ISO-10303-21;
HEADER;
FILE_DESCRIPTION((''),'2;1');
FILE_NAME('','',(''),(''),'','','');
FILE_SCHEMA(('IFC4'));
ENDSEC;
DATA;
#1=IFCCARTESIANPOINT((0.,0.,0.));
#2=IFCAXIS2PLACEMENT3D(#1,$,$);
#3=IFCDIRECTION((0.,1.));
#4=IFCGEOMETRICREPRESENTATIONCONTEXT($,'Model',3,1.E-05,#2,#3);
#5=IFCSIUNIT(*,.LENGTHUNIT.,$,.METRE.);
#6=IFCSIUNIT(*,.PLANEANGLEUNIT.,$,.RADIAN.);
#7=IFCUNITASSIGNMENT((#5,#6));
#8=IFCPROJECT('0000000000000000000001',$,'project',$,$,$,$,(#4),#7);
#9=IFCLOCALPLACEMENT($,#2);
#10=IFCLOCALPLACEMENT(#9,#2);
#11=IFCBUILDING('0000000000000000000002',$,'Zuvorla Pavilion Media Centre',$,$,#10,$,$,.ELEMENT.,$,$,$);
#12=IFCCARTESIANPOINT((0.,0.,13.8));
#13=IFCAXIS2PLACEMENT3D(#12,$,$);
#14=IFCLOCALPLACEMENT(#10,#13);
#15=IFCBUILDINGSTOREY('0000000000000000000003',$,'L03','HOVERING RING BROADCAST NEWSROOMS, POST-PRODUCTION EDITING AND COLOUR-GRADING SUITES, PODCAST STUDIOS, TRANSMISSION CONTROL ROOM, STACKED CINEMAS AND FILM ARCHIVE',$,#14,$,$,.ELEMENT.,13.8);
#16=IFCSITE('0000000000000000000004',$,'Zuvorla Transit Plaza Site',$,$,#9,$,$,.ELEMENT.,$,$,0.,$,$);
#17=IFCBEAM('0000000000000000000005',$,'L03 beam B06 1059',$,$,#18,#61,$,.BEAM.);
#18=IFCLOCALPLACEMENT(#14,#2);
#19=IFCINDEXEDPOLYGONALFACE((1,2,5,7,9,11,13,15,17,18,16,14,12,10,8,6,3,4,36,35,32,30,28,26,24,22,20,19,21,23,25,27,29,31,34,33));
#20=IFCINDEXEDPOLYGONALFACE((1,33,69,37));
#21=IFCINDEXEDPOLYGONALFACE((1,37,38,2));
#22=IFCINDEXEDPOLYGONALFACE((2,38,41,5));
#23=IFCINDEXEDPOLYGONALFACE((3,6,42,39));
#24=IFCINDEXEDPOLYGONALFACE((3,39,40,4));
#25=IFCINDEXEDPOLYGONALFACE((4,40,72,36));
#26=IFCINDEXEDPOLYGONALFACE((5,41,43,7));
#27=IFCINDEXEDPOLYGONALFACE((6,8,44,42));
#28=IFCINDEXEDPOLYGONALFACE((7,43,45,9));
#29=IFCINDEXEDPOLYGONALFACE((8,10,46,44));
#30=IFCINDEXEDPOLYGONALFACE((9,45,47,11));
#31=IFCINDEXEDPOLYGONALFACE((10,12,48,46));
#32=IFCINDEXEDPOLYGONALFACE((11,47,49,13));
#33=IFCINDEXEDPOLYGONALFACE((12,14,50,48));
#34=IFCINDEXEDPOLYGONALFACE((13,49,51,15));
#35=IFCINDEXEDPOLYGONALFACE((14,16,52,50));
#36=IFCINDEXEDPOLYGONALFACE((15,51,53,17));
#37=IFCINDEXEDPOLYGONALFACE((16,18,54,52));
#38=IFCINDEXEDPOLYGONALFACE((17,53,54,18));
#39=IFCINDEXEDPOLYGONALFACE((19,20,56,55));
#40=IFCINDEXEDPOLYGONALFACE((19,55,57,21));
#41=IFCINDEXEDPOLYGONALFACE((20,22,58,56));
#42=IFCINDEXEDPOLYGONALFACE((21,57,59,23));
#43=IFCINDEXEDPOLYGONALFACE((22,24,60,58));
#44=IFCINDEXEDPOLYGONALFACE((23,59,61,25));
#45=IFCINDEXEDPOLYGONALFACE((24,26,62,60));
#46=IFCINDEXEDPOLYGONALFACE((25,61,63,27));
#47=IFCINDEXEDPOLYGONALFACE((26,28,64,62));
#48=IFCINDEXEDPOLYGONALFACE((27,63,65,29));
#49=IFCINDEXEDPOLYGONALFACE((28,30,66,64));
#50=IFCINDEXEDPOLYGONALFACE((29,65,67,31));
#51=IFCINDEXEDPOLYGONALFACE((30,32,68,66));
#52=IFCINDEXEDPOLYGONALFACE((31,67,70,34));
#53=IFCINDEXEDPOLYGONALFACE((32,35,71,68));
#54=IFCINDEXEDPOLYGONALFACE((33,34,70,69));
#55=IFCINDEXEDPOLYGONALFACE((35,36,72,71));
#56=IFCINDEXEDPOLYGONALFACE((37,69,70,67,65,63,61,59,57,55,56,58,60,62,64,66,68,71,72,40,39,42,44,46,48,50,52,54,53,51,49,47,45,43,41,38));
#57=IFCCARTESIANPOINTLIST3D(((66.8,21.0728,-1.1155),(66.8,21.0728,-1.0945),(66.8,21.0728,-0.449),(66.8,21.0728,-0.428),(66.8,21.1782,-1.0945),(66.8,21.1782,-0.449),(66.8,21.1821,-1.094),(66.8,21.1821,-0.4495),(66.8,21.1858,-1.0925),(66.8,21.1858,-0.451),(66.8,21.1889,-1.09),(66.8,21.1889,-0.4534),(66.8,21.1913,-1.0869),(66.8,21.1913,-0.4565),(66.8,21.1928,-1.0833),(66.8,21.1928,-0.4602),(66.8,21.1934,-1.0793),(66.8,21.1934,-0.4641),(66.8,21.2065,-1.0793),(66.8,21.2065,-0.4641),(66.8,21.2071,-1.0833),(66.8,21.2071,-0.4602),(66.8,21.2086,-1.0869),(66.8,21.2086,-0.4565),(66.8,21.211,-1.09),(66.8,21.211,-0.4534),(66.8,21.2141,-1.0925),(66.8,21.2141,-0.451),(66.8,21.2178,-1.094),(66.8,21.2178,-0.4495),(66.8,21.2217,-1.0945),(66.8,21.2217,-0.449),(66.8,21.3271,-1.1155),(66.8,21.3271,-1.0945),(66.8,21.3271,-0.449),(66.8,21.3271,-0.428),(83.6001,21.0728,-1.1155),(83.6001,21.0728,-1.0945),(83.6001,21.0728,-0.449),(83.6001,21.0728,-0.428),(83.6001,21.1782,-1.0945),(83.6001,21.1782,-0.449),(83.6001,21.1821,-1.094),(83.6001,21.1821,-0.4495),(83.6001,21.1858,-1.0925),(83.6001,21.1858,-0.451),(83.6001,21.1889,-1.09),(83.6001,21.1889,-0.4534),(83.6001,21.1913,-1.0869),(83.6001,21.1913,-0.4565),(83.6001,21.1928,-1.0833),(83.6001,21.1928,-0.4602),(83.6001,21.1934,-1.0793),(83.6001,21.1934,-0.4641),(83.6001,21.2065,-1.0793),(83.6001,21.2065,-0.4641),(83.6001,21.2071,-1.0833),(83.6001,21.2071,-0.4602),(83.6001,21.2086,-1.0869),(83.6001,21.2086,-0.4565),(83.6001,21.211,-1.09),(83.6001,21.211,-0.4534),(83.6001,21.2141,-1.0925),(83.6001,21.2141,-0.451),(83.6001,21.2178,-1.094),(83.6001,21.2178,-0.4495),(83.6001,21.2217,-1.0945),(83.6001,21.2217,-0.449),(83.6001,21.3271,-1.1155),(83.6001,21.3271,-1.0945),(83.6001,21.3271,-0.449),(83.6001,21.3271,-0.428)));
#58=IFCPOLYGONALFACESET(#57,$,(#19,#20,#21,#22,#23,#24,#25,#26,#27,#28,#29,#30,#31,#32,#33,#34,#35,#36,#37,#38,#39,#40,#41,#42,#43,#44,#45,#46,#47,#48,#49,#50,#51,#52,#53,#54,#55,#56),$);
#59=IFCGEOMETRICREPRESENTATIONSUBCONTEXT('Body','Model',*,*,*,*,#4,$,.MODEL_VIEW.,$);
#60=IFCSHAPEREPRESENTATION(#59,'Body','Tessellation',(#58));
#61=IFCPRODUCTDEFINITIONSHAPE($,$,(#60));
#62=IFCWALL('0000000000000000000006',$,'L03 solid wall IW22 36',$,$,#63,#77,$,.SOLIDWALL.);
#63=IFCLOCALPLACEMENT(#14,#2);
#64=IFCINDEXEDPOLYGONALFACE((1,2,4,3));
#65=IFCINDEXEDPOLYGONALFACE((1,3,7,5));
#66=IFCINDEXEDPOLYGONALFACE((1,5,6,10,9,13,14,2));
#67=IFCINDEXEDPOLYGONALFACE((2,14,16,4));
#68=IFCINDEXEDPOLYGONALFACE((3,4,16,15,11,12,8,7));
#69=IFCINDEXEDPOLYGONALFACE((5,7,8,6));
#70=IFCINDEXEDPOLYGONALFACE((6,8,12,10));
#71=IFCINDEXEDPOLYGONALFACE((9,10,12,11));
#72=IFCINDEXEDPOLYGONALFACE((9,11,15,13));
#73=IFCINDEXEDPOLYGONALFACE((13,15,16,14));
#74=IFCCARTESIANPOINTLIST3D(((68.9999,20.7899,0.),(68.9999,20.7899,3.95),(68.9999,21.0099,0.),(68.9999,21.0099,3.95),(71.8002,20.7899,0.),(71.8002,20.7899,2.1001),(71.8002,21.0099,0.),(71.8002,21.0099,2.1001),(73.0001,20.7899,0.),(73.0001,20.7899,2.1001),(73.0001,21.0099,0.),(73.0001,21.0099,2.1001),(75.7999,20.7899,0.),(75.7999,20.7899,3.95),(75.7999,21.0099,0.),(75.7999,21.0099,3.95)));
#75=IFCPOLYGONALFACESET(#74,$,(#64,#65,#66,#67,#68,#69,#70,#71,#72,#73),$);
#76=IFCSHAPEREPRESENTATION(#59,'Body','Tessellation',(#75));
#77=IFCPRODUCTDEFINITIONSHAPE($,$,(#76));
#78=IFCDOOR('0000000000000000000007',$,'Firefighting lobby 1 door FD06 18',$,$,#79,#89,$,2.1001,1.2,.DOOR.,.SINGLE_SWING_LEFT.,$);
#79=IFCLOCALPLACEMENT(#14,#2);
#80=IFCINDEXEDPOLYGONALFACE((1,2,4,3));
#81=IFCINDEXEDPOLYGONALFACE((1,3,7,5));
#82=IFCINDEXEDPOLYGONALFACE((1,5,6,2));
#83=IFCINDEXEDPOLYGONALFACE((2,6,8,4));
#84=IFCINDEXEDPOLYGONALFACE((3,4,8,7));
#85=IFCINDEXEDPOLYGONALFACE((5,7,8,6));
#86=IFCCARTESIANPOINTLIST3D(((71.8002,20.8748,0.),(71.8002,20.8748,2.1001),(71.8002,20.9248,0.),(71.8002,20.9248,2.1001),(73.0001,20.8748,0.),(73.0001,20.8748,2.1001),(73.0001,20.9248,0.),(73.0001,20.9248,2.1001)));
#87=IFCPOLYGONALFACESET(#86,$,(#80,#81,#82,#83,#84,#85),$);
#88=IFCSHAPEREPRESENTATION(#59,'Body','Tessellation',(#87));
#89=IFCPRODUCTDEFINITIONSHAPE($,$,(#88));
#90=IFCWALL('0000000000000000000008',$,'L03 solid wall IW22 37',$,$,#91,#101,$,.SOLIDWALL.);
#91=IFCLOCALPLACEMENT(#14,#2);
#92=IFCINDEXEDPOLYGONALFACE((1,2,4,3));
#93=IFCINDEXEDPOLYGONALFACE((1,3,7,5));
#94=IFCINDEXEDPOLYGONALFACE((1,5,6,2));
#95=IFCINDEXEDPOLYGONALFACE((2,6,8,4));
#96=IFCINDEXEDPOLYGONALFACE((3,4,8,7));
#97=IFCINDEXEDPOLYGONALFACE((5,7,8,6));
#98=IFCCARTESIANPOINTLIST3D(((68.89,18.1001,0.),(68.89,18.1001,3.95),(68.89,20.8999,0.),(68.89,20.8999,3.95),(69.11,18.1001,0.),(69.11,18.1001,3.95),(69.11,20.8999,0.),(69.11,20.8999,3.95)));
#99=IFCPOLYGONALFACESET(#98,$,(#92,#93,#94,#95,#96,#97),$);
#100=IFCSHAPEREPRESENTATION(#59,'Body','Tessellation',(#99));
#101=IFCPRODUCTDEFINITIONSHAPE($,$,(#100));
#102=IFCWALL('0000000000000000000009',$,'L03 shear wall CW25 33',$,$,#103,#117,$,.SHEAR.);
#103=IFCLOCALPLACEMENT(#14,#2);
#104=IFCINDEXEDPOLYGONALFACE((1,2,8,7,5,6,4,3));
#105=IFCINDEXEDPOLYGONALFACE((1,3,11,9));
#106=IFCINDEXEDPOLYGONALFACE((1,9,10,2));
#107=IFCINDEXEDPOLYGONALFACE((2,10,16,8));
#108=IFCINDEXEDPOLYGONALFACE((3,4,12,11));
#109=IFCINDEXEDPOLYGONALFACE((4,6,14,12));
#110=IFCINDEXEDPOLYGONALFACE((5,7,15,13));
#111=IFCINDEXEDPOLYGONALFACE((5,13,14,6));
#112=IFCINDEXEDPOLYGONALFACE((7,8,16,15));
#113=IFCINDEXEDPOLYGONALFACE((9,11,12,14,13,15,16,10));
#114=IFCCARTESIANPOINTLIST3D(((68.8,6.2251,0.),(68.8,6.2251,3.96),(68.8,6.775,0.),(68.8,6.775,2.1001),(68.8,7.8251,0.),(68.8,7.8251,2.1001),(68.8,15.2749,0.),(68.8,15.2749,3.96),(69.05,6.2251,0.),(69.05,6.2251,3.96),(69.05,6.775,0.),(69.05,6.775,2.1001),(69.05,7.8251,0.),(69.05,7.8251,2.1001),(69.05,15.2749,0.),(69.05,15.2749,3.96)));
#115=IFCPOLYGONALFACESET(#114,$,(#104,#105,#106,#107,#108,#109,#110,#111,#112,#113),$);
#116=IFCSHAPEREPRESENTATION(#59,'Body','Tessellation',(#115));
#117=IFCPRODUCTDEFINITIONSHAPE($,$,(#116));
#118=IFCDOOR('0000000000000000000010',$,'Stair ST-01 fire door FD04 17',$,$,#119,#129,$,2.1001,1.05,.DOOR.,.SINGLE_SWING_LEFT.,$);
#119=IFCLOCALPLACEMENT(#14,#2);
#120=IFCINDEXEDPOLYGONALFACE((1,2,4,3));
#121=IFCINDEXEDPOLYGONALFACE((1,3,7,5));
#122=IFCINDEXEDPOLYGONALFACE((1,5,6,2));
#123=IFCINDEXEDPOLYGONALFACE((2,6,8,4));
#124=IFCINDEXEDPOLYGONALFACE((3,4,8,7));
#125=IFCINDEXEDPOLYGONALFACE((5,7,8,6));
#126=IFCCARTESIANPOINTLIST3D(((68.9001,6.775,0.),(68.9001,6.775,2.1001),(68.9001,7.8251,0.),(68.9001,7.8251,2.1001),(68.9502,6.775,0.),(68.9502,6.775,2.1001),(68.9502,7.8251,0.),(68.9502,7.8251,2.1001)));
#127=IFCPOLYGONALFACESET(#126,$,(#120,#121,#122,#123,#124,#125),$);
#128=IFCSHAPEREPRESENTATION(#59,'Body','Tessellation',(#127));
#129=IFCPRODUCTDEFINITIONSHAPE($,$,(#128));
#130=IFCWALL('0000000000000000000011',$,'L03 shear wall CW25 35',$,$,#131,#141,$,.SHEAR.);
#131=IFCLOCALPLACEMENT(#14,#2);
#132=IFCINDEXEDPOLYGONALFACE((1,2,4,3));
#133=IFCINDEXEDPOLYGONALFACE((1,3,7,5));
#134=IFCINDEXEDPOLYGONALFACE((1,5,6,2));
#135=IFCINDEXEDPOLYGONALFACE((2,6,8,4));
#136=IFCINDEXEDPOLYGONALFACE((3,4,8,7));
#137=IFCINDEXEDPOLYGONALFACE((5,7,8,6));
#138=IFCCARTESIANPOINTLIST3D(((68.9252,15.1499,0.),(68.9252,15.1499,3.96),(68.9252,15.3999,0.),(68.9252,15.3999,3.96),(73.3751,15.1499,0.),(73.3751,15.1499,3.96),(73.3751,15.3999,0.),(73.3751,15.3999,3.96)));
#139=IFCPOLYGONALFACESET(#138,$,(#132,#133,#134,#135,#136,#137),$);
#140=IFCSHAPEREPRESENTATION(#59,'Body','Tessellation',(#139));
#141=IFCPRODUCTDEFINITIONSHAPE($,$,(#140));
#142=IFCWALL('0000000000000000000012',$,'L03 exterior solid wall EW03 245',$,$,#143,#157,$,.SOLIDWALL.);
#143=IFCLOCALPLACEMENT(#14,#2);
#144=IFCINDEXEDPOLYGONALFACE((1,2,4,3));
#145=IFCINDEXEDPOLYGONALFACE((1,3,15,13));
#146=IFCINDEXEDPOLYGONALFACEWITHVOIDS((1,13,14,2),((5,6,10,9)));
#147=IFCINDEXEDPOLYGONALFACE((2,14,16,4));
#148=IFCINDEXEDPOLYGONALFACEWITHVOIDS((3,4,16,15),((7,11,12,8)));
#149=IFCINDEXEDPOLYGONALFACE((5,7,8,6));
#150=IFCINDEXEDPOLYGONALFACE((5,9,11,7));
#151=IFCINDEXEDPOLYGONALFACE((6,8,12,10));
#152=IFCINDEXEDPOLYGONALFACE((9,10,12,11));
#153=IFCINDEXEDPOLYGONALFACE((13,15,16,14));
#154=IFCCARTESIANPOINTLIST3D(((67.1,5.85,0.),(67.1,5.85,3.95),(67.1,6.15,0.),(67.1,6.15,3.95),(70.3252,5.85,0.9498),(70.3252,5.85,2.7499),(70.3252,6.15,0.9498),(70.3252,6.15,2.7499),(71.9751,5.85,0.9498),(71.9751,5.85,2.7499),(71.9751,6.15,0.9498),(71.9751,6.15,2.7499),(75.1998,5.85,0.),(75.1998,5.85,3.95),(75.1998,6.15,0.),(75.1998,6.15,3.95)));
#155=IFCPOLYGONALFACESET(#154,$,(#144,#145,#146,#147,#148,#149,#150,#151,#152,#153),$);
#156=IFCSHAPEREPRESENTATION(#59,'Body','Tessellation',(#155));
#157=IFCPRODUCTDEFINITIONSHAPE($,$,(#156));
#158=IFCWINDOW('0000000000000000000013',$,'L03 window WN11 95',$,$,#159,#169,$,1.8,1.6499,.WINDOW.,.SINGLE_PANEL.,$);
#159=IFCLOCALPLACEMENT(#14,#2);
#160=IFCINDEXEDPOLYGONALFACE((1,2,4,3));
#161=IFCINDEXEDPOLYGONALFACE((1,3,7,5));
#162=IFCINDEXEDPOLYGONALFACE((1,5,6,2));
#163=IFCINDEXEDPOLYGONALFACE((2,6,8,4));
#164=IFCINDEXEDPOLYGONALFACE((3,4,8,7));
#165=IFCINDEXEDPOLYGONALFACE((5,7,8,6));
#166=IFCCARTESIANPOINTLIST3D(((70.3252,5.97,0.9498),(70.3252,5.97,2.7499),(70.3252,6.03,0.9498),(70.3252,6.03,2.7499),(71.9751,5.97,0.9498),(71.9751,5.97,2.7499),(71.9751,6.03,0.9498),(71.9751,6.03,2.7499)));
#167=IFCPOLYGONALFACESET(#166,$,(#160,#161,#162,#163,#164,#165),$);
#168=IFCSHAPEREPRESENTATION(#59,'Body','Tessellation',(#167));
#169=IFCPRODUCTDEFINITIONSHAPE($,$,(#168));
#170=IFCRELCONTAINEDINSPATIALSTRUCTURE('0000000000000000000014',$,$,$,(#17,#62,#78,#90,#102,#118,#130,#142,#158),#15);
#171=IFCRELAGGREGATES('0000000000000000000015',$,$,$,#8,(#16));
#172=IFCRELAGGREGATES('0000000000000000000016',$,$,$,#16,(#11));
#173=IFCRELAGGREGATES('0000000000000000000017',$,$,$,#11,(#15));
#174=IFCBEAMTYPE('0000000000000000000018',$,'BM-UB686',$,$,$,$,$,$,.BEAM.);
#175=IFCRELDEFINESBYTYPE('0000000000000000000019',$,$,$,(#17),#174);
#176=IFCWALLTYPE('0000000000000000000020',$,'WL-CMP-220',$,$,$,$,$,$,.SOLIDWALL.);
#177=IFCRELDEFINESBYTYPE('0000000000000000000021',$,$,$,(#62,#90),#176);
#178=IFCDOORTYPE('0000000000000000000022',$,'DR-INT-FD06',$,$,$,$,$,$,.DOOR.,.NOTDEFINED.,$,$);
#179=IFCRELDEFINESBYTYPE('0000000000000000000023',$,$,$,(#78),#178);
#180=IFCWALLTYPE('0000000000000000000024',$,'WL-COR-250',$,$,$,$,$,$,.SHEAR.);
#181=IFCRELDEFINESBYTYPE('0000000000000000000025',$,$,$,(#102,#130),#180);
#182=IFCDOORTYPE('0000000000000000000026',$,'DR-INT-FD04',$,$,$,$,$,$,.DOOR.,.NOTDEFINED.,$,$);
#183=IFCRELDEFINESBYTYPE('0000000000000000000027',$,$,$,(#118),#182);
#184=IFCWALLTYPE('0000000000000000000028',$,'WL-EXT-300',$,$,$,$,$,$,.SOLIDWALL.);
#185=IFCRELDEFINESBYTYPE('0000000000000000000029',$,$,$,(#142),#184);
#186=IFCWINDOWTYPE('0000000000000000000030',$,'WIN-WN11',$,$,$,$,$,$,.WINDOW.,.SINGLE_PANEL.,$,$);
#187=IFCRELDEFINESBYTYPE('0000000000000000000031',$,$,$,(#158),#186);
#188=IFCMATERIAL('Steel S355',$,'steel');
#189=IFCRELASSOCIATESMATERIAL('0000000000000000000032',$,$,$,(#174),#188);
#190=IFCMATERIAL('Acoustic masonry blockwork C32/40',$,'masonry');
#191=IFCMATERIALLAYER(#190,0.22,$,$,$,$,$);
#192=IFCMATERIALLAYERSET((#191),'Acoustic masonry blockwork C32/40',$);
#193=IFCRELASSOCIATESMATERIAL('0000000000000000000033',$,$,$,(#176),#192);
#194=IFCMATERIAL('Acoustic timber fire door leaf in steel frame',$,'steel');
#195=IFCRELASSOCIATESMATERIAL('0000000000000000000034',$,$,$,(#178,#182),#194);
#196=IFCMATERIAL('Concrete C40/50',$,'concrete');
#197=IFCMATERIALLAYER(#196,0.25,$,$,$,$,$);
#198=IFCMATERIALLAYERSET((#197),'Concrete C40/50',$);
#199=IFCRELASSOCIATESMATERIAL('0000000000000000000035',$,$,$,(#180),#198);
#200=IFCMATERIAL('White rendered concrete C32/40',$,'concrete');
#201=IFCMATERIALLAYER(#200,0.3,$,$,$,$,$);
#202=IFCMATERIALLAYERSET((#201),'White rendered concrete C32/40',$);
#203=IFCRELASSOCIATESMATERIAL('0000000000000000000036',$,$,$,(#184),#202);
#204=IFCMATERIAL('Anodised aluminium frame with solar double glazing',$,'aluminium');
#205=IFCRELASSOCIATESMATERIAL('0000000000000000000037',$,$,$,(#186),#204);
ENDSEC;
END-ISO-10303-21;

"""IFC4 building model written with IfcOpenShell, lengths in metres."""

from ifc_helpers import new_model, si_unit, direction, frame, frame_2d, origin, origin_2d, place, context, subcontext, project, spatial, rectangle, i_section, extrude, material, layer, layer_set, material_profile, profile_set, type_object, element, fill, save


model = new_model("IFC4")

# Units and contexts
model_context = context("Model", 3, precision=1e-05, world=origin(), true_north=direction((0.0, 1.0)))
body_context = subcontext(model_context, "Body", "Model", "MODEL_VIEW")
ifc_project = project(units=[si_unit("LENGTHUNIT", "METRE"), si_unit("PLANEANGLEUNIT", "RADIAN")], contexts=[model_context])

# Site, building, storey
site_placement = place(None, origin())
site = spatial("IfcSite", under=ifc_project, at=site_placement, Name="Zuvorla Transit Plaza Site", CompositionType="ELEMENT", RefElevation=0.0)
building_placement = place(site_placement, origin())
building = spatial("IfcBuilding", under=site, at=building_placement, Name="Zuvorla Pavilion Media Centre", CompositionType="ELEMENT")
storey_placement = place(building_placement, frame((0.0, 0.0, 13.8)))
storey = spatial("IfcBuildingStorey", under=building, at=storey_placement, Name="L03", Description="HOVERING RING BROADCAST NEWSROOMS, POST-PRODUCTION EDITING AND COLOUR-GRADING SUITES, PODCAST STUDIOS, TRANSMISSION CONTROL ROOM, STACKED CINEMAS AND FILM ARCHIVE", CompositionType="ELEMENT", Elevation=13.8)

# Shared definitions
ifc_material_1 = material(Name="Concrete C40/50", Category="concrete")

# Beam
ifc_material_2 = material(Name="Steel S355", Category="steel")
ifc_material_profile_1 = material_profile(ifc_material_2, i_section(OverallWidth=0.2544, OverallDepth=0.6875, WebThickness=0.0132, FlangeThickness=0.021, FilletRadius=0.0151, at=origin_2d()), Name="UB 686x254x152")
ifc_profile_set_1 = profile_set([ifc_material_profile_1], Name="Steel S355")
beam_type_1 = type_object("IfcBeamType", Name="BM-UB686", PredefinedType="BEAM", material=ifc_profile_set_1)
beam_1_placement = place(storey_placement, frame((66.8, 21.2, -0.7717), z_axis=(1.0, 0.0, 0.0), x_axis=(0.0, 1.0, 0.0)))
element("IfcBeam", 1, at=beam_1_placement, inside=storey, type_object=beam_type_1, Name="L03 beam B06 1059", PredefinedType="BEAM", context=body_context, shape_type="SweptSolid", body=[
    extrude(i_section(OverallWidth=0.2544, OverallDepth=0.6875, WebThickness=0.0132, FlangeThickness=0.021, FilletRadius=0.0151, at=origin_2d()), origin(), (0.0, 0.0, 1.0), 16.8),
])

# Wall, opening, door
ifc_material_3 = material(Name="Acoustic masonry blockwork C32/40", Category="masonry")
ifc_layer_1 = layer(ifc_material_3, 0.22)
ifc_layer_set_1 = layer_set([ifc_layer_1], Name="Acoustic masonry blockwork C32/40")
wall_type_1 = type_object("IfcWallType", Name="WL-CMP-220", PredefinedType="SOLIDWALL", material=ifc_layer_set_1)
wall_1_placement = place(storey_placement, frame((69.0, 20.8999, 0.0), z_axis=(0.0, 0.0, 1.0), x_axis=(1.0, 0.0, 0.0)))
wall_1 = element("IfcWall", 2, at=wall_1_placement, inside=storey, type_object=wall_type_1, Name="L03 solid wall IW22 36", PredefinedType="SOLIDWALL", context=body_context, shape_type="SweptSolid", body=[
    extrude(rectangle(XDim=6.8, YDim=0.22, at=frame_2d((3.3999, 0.0))), origin(), (0.0, 0.0, 1.0), 3.95),
])
opening_1_placement = place(wall_1_placement, frame((2.8, 0.0, 0.0)))
opening_1 = element("IfcOpeningElement", 3, at=opening_1_placement, cuts=wall_1, PredefinedType="OPENING", context=body_context, shape_type="SweptSolid", body=[
    extrude(rectangle(XDim=1.2, YDim=2.1001, at=frame_2d((0.6001, 1.05))), frame((0.0, 0.1199, 0.0), z_axis=(0.0, -1.0, 0.0), x_axis=(1.0, 0.0, 0.0)), (0.0, 0.0, 1.0), 0.24),
])
ifc_material_4 = material(Name="Acoustic timber fire door leaf in steel frame", Category="steel")
door_type_1 = type_object("IfcDoorType", Name="DR-INT-FD06", OperationType="NOTDEFINED", PredefinedType="DOOR", material=ifc_material_4)
door_1_placement = place(opening_1_placement, origin())
door_1 = element("IfcDoor", 4, at=door_1_placement, inside=storey, type_object=door_type_1, Name="Firefighting lobby 1 door FD06 18", OperationType="SINGLE_SWING_LEFT", OverallHeight=2.1001, OverallWidth=1.2, PredefinedType="DOOR", context=body_context, shape_type="SweptSolid", body=[
    extrude(rectangle(XDim=1.2, YDim=2.1001, at=frame_2d((0.6001, 1.05))), frame((0.0, 0.0249, 0.0), z_axis=(0.0, -1.0, 0.0), x_axis=(1.0, 0.0, 0.0)), (0.0, 0.0, 1.0), 0.05),
])
fill(opening_1, door_1)

# Wall
wall_2_placement = place(storey_placement, frame((69.0, 18.1001, 0.0), z_axis=(0.0, 0.0, 1.0), x_axis=(0.0, 1.0, 0.0)))
element("IfcWall", 5, at=wall_2_placement, inside=storey, type_object=wall_type_1, Name="L03 solid wall IW22 37", PredefinedType="SOLIDWALL", context=body_context, shape_type="SweptSolid", body=[
    extrude(rectangle(XDim=2.7998, YDim=0.22, at=frame_2d((1.3999, 0.0))), origin(), (0.0, 0.0, 1.0), 3.95),
])

# Wall, opening, door
ifc_layer_2 = layer(ifc_material_1, 0.25)
ifc_layer_set_2 = layer_set([ifc_layer_2], Name="Concrete C40/50")
wall_type_2 = type_object("IfcWallType", Name="WL-COR-250", PredefinedType="SHEAR", material=ifc_layer_set_2)
wall_3_placement = place(storey_placement, frame((68.925, 6.2251, 0.0), z_axis=(0.0, 0.0, 1.0), x_axis=(0.0, 1.0, 0.0)))
wall_3 = element("IfcWall", 6, at=wall_3_placement, inside=storey, type_object=wall_type_2, Name="L03 shear wall CW25 33", PredefinedType="SHEAR", context=body_context, shape_type="SweptSolid", body=[
    extrude(rectangle(XDim=9.0498, YDim=0.25, at=frame_2d((4.5249, 0.0))), origin(), (0.0, 0.0, 1.0), 3.96),
])
opening_2_placement = place(wall_3_placement, frame((0.55, 0.0, 0.0)))
opening_2 = element("IfcOpeningElement", 7, at=opening_2_placement, cuts=wall_3, PredefinedType="OPENING", context=body_context, shape_type="SweptSolid", body=[
    extrude(rectangle(XDim=1.05, YDim=2.1001, at=frame_2d((0.5249, 1.05))), frame((0.0, 0.135, 0.0), z_axis=(0.0, -1.0, 0.0), x_axis=(1.0, 0.0, 0.0)), (0.0, 0.0, 1.0), 0.27),
])
door_type_2 = type_object("IfcDoorType", Name="DR-INT-FD04", OperationType="NOTDEFINED", PredefinedType="DOOR", material=ifc_material_4)
door_2_placement = place(opening_2_placement, origin())
door_2 = element("IfcDoor", 8, at=door_2_placement, inside=storey, type_object=door_type_2, Name="Stair ST-01 fire door FD04 17", OperationType="SINGLE_SWING_LEFT", OverallHeight=2.1001, OverallWidth=1.05, PredefinedType="DOOR", context=body_context, shape_type="SweptSolid", body=[
    extrude(rectangle(XDim=1.05, YDim=2.1001, at=frame_2d((0.5249, 1.05))), frame((0.0, 0.0249, 0.0), z_axis=(0.0, -1.0, 0.0), x_axis=(1.0, 0.0, 0.0)), (0.0, 0.0, 1.0), 0.05),
])
fill(opening_2, door_2)

# Wall
wall_4_placement = place(storey_placement, frame((68.925, 15.2749, 0.0), z_axis=(0.0, 0.0, 1.0), x_axis=(1.0, 0.0, 0.0)))
element("IfcWall", 9, at=wall_4_placement, inside=storey, type_object=wall_type_2, Name="L03 shear wall CW25 35", PredefinedType="SHEAR", context=body_context, shape_type="SweptSolid", body=[
    extrude(rectangle(XDim=4.45, YDim=0.25, at=frame_2d((2.2251, 0.0))), origin(), (0.0, 0.0, 1.0), 3.96),
])

# Wall, opening, window
ifc_material_5 = material(Name="White rendered concrete C32/40", Category="concrete")
ifc_layer_3 = layer(ifc_material_5, 0.3)
ifc_layer_set_3 = layer_set([ifc_layer_3], Name="White rendered concrete C32/40")
wall_type_3 = type_object("IfcWallType", Name="WL-EXT-300", PredefinedType="SOLIDWALL", material=ifc_layer_set_3)
wall_5_placement = place(storey_placement, frame((67.1001, 6.0, 0.0), z_axis=(0.0, 0.0, 1.0), x_axis=(1.0, 0.0, 0.0)))
wall_5 = element("IfcWall", 10, at=wall_5_placement, inside=storey, type_object=wall_type_3, Name="L03 exterior solid wall EW03 245", PredefinedType="SOLIDWALL", context=body_context, shape_type="SweptSolid", body=[
    extrude(rectangle(XDim=8.0999, YDim=0.3, at=frame_2d((4.0498, 0.0))), origin(), (0.0, 0.0, 1.0), 3.95),
])
opening_3_placement = place(wall_5_placement, frame((3.2251, 0.0, 0.95)))
opening_3 = element("IfcOpeningElement", 11, at=opening_3_placement, cuts=wall_5, PredefinedType="OPENING", context=body_context, shape_type="SweptSolid", body=[
    extrude(rectangle(XDim=1.6499, YDim=1.8, at=frame_2d((0.825, 0.8999))), frame((0.0, 0.1599, 0.0), z_axis=(0.0, -1.0, 0.0), x_axis=(1.0, 0.0, 0.0)), (0.0, 0.0, 1.0), 0.3201),
])
ifc_material_6 = material(Name="Anodised aluminium frame with solar double glazing", Category="aluminium")
window_type = type_object("IfcWindowType", Name="WIN-WN11", PartitioningType="SINGLE_PANEL", PredefinedType="WINDOW", material=ifc_material_6)
window_placement = place(opening_3_placement, origin())
window = element("IfcWindow", 12, at=window_placement, inside=storey, type_object=window_type, Name="L03 window WN11 95", OverallHeight=1.8, OverallWidth=1.6499, PartitioningType="SINGLE_PANEL", PredefinedType="WINDOW", context=body_context, shape_type="SweptSolid", body=[
    extrude(rectangle(XDim=1.6499, YDim=1.8, at=frame_2d((0.825, 0.8999))), frame((0.0, 0.03, 0.0), z_axis=(0.0, -1.0, 0.0), x_axis=(1.0, 0.0, 0.0)), (0.0, 0.0, 1.0), 0.0601),
])
fill(opening_3, window)

save(model, "model.ifc")
